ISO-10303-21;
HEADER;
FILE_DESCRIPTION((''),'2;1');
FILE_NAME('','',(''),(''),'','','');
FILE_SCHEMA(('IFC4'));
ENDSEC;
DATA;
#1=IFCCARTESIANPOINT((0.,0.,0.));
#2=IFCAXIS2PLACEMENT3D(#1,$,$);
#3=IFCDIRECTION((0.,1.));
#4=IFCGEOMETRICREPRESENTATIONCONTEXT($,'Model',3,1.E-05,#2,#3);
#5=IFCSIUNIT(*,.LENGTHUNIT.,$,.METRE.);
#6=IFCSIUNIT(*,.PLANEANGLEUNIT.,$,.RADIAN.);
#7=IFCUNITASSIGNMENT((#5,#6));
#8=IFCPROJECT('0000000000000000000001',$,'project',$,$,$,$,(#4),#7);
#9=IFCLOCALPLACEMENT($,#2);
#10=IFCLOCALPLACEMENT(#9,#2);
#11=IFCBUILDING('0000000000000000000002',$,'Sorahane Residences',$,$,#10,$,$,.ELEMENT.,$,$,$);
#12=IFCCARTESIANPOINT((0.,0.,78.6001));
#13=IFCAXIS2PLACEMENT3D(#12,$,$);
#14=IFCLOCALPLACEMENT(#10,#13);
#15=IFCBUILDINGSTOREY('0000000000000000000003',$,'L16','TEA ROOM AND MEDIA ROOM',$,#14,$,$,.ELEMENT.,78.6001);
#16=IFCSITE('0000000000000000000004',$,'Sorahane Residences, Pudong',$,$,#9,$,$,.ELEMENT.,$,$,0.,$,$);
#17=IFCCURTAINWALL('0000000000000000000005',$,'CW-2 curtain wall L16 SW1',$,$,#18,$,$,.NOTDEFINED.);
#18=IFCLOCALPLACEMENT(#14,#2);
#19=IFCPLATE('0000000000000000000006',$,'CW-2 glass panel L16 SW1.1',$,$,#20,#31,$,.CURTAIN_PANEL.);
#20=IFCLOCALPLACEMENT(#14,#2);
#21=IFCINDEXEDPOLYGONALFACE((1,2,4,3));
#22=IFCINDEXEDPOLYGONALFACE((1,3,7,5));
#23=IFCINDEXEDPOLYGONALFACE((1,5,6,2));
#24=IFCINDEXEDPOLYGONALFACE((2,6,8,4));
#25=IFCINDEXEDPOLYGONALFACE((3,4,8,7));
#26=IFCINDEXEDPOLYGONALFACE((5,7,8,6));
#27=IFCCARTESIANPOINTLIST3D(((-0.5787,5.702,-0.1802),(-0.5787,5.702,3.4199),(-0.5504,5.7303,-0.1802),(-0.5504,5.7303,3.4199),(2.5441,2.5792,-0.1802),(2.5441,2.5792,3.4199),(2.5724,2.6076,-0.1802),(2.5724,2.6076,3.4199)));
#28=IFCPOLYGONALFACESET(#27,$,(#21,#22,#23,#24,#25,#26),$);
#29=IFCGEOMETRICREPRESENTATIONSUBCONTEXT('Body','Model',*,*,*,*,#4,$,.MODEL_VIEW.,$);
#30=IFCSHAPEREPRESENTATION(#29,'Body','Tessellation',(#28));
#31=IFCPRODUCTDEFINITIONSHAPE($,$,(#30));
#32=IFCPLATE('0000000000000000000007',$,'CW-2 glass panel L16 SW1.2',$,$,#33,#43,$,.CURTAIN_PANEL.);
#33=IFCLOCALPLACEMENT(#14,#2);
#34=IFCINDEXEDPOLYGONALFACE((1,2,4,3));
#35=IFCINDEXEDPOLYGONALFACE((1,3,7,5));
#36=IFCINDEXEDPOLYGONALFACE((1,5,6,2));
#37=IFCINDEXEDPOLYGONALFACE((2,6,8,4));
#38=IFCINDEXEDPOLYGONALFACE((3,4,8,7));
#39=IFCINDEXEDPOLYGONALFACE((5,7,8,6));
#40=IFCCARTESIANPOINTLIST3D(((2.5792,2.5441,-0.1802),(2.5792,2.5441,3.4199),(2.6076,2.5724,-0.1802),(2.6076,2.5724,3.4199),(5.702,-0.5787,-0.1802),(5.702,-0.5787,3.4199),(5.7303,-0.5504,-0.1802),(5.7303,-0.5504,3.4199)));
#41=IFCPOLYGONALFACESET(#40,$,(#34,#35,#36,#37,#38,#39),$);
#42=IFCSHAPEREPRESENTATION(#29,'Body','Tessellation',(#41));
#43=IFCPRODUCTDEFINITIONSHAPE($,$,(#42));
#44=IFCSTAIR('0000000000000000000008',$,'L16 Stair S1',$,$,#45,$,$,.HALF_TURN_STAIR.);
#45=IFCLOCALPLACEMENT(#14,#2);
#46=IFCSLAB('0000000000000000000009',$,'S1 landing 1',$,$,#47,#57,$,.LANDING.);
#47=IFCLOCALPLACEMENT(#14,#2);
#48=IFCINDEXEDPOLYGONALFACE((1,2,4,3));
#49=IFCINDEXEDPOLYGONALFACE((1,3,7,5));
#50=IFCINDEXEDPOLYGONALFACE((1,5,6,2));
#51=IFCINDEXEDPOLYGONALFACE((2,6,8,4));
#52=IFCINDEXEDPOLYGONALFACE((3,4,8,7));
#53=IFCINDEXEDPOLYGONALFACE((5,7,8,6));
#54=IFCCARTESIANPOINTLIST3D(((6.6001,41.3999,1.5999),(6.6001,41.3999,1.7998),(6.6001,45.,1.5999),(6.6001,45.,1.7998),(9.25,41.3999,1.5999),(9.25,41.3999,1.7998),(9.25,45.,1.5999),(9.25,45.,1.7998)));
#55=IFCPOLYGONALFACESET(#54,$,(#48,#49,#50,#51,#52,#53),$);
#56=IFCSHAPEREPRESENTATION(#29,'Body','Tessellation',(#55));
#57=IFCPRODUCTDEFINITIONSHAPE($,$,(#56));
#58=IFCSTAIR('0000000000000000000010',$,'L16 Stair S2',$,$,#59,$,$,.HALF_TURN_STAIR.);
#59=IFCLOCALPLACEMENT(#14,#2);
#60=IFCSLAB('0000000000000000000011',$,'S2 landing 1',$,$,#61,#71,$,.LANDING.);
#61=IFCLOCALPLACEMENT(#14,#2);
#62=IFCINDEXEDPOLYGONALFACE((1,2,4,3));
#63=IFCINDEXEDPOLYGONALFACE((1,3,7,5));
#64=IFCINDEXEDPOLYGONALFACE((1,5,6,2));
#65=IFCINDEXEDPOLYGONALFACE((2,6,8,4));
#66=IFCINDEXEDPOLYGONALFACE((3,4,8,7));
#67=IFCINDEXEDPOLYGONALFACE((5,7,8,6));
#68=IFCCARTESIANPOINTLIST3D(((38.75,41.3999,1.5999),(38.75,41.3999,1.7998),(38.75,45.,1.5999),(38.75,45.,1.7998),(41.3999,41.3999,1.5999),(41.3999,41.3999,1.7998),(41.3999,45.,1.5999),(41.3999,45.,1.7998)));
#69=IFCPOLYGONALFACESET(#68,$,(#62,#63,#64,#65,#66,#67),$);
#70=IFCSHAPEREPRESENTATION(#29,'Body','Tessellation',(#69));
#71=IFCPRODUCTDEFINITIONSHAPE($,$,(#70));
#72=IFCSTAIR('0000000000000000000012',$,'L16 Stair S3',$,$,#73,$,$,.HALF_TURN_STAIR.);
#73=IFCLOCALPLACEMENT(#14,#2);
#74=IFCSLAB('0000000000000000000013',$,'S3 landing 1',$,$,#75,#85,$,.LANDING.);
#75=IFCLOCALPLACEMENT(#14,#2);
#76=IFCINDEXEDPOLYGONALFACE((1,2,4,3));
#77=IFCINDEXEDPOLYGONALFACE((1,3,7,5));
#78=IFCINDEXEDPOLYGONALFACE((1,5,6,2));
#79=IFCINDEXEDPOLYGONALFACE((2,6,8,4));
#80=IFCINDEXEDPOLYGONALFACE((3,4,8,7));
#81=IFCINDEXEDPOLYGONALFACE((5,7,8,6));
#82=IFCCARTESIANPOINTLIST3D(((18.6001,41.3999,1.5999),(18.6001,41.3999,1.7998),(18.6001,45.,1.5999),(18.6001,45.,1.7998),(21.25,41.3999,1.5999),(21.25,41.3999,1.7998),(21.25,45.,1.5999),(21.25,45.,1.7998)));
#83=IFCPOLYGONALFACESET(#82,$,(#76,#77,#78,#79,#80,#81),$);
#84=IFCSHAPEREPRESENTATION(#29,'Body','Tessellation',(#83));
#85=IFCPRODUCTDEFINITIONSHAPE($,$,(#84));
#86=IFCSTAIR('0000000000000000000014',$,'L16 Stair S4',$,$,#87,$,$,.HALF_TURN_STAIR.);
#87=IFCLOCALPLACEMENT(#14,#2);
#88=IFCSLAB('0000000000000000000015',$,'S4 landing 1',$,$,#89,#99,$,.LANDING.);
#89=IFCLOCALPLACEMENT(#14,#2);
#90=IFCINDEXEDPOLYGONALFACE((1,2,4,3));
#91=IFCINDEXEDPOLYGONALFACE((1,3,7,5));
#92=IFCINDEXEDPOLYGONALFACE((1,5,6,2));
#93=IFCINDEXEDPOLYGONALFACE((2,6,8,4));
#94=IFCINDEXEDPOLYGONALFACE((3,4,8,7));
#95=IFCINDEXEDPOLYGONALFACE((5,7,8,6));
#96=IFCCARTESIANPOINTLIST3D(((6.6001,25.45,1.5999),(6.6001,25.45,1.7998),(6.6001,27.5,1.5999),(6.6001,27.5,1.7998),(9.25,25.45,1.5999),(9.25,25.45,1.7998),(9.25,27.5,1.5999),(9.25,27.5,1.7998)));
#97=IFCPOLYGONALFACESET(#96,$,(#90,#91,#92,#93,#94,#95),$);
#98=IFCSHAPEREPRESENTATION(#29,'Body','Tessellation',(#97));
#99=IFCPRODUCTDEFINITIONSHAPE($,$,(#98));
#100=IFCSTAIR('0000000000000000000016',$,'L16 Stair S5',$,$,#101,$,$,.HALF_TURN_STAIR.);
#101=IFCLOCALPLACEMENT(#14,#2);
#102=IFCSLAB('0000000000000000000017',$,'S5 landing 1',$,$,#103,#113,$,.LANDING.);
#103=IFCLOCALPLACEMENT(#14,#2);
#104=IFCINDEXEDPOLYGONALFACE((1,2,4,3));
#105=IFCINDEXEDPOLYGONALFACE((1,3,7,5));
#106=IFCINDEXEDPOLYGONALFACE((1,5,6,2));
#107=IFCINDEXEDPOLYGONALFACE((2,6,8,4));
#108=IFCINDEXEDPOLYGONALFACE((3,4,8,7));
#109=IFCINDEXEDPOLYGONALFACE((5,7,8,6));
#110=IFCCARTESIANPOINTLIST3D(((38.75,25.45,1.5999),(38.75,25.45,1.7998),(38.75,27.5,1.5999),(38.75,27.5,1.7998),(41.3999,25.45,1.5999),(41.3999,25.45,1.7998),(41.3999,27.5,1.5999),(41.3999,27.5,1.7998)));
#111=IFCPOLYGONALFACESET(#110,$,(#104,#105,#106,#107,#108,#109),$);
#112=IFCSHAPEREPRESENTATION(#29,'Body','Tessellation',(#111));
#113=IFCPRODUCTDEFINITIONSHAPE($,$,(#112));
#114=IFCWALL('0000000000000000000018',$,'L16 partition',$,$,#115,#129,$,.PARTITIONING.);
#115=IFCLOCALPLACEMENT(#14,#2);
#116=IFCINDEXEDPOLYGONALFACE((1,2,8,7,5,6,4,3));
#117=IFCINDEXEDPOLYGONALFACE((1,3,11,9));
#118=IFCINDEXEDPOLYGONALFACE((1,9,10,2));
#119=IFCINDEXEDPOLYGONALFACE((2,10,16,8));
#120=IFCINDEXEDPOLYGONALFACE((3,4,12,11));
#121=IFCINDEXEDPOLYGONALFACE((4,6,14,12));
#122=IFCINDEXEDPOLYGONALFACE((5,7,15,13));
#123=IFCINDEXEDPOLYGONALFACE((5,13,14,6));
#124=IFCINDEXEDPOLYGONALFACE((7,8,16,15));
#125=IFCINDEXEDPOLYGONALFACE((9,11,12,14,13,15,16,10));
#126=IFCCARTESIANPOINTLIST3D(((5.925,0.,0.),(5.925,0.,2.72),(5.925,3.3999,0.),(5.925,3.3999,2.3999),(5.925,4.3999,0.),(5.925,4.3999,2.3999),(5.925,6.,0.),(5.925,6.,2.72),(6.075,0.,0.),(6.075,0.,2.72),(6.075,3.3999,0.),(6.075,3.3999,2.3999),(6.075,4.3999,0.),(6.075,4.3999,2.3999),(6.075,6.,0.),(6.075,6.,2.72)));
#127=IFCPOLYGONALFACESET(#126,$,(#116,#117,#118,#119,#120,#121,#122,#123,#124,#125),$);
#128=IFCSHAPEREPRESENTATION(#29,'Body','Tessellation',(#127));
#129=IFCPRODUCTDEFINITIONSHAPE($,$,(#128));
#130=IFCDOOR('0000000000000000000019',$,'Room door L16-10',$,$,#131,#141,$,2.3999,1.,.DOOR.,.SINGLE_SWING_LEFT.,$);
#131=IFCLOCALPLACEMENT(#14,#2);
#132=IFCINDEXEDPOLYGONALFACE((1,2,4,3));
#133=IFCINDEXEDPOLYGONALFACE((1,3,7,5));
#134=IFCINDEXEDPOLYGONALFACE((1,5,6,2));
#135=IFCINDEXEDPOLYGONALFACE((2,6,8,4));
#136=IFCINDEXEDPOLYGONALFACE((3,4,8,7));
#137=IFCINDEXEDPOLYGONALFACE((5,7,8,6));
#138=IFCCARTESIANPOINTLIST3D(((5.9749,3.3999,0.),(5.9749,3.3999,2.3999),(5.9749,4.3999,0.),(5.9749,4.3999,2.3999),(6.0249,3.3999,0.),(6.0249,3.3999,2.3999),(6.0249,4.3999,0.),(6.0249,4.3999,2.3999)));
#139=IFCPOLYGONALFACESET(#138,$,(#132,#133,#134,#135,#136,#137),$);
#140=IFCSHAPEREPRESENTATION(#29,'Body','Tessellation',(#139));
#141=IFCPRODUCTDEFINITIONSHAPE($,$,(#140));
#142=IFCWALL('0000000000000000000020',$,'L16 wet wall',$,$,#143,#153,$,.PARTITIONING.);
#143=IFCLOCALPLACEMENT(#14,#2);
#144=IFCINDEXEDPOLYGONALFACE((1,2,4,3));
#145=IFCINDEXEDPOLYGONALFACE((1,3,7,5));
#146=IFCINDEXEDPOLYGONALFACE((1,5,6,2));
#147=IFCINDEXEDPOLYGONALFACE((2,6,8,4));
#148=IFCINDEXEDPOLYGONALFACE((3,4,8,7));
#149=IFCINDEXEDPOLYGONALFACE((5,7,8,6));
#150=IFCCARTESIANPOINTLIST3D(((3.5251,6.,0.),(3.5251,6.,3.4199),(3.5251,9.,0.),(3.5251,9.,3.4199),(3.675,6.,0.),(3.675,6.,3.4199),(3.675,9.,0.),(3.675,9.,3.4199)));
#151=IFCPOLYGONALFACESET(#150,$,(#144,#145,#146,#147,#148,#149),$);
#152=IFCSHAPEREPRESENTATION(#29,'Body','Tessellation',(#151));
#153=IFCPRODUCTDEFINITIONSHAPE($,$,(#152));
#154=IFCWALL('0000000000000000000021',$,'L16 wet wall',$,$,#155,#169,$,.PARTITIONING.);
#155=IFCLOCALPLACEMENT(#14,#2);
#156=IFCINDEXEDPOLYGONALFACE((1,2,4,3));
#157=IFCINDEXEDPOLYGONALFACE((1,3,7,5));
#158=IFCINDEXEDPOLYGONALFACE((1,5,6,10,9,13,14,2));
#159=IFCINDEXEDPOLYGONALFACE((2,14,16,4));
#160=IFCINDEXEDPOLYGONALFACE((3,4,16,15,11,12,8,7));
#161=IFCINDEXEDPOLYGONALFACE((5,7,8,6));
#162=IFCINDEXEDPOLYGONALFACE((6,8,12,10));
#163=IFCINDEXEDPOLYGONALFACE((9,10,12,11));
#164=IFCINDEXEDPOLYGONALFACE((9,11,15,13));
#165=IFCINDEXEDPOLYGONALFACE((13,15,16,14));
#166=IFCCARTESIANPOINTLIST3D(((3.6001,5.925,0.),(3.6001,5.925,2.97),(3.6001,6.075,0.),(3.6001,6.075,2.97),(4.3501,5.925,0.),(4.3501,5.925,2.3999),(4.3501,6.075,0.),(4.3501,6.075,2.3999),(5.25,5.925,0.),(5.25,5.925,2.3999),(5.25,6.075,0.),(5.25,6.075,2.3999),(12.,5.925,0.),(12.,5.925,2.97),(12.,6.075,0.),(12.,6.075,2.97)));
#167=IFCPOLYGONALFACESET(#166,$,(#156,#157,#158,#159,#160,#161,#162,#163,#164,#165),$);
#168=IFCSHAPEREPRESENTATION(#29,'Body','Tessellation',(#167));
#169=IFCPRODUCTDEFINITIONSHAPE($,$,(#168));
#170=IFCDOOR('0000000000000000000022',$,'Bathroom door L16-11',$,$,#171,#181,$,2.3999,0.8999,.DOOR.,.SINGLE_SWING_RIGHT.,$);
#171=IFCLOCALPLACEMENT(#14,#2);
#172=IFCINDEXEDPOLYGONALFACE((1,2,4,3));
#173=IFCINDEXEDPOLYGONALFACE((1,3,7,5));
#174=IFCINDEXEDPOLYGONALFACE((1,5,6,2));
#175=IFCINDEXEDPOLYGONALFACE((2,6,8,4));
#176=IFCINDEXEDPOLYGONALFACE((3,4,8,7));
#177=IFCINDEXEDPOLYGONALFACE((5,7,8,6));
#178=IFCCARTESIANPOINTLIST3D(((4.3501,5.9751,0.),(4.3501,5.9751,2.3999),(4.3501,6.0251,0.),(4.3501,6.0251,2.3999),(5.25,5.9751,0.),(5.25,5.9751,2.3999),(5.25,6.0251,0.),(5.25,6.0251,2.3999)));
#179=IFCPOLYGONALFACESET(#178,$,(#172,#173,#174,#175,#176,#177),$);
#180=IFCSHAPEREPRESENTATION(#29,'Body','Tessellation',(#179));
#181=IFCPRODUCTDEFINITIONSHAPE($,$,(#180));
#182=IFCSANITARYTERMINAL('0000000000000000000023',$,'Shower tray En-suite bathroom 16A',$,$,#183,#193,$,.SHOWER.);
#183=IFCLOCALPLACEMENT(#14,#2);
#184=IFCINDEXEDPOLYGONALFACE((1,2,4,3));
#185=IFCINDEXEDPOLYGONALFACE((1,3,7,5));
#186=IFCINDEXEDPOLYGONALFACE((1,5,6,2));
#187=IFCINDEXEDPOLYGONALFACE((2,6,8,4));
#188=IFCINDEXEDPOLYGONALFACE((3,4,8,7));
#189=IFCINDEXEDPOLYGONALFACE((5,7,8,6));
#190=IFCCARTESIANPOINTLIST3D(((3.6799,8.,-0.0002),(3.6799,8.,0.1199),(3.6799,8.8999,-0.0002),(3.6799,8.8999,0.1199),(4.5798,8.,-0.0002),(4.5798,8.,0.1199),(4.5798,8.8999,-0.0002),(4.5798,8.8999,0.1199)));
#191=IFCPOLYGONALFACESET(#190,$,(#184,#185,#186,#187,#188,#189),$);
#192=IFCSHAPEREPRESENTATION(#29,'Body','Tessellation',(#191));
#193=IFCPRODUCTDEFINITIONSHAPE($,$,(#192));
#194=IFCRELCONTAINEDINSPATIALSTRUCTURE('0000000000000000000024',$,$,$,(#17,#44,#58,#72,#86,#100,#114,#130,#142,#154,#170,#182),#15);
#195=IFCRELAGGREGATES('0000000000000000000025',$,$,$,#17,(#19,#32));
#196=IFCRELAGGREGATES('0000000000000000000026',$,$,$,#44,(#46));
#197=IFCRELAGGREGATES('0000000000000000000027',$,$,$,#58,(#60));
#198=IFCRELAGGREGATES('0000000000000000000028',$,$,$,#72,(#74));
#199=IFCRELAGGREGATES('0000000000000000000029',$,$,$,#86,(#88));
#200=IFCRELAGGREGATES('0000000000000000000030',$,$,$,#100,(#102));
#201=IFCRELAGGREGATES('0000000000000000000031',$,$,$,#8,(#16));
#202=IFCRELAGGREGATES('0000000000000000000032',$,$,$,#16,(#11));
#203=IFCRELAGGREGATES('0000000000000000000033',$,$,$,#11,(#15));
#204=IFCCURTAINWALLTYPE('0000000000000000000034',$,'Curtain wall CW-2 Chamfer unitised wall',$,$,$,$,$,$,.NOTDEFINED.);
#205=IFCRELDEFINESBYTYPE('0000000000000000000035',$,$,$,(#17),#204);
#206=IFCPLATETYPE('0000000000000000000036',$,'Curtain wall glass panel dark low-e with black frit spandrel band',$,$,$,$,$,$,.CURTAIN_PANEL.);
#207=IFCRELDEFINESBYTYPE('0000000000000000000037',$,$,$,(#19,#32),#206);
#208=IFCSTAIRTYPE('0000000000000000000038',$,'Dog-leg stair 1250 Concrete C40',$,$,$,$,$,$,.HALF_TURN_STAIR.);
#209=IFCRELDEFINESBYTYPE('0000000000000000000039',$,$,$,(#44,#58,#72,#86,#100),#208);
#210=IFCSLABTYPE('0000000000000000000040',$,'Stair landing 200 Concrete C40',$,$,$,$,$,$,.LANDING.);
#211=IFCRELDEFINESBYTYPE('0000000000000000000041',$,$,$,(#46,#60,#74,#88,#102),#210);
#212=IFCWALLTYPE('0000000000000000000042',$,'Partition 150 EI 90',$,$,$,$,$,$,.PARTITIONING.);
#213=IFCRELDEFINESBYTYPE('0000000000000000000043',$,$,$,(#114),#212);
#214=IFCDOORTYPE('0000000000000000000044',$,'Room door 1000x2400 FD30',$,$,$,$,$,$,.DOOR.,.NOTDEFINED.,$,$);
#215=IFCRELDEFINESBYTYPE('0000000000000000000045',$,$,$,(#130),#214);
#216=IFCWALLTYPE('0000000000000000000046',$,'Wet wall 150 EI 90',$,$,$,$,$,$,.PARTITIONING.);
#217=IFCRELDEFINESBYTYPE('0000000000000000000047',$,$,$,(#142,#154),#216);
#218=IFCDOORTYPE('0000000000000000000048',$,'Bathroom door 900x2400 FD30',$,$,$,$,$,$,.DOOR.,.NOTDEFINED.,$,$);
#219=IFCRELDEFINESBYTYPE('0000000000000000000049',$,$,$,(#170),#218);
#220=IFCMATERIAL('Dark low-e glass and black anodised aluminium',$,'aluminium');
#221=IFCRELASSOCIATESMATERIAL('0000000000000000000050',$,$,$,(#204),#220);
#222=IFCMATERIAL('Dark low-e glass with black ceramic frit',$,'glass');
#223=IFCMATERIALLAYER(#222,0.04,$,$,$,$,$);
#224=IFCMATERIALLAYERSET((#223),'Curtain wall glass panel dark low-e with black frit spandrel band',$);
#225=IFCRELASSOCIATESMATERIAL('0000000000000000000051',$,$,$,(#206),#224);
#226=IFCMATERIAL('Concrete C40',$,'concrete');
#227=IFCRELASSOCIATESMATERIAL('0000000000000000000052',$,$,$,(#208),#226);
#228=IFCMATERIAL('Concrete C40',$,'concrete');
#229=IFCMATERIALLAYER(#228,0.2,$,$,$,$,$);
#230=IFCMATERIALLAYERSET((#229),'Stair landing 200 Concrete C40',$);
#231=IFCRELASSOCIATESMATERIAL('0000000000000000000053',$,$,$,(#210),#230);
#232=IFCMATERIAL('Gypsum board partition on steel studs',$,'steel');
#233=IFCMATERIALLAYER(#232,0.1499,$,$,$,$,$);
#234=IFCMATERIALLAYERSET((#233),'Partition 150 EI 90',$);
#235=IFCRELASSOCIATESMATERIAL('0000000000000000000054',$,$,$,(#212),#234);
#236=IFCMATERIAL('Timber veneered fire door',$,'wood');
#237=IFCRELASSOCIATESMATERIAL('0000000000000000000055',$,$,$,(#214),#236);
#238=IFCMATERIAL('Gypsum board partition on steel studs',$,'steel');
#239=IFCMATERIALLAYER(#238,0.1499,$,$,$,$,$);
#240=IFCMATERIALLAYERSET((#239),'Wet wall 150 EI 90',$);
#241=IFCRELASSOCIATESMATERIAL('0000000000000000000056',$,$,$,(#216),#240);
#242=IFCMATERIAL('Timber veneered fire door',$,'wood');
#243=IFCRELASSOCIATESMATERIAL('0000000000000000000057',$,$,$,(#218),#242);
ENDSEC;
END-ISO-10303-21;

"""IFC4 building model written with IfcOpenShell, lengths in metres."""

from ifc_helpers import new_model, si_unit, direction, frame, frame_2d, origin, origin_2d, place, context, subcontext, project, spatial, polyline, rectangle, outline, extrude, material, layer, layer_set, type_object, element, fill, aggregate, save


model = new_model("IFC4")

# Units and contexts
model_context = context("Model", 3, precision=1e-05, world=origin(), true_north=direction((0.0, 1.0)))
body_context = subcontext(model_context, "Body", "Model", "MODEL_VIEW")
ifc_project = project(units=[si_unit("LENGTHUNIT", "METRE"), si_unit("PLANEANGLEUNIT", "RADIAN")], contexts=[model_context])

# Site, building, storey
site_placement = place(None, origin())
site = spatial("IfcSite", under=ifc_project, at=site_placement, Name="Sorahane Residences, Pudong", CompositionType="ELEMENT", RefElevation=0.0)
building_placement = place(site_placement, origin())
building = spatial("IfcBuilding", under=site, at=building_placement, Name="Sorahane Residences", CompositionType="ELEMENT")
storey_placement = place(building_placement, frame((0.0, 0.0, 78.6001)))
storey = spatial("IfcBuildingStorey", under=building, at=storey_placement, Name="L16", Description="TEA ROOM AND MEDIA ROOM", CompositionType="ELEMENT", Elevation=78.6001)

# Curtain wall
ifc_material_1 = material(Name="Dark low-e glass and black anodised aluminium", Category="aluminium")
curtain_wall_type_1 = type_object("IfcCurtainWallType", Name="Curtain wall CW-2 Chamfer unitised wall", PredefinedType="NOTDEFINED", material=ifc_material_1)
curtain_wall_1_placement = place(storey_placement, origin())
curtain_wall_1 = element("IfcCurtainWall", 1, at=curtain_wall_1_placement, inside=storey, type_object=curtain_wall_type_1, Name="CW-2 curtain wall L16 SW1", PredefinedType="NOTDEFINED")

# Plates
ifc_material_2 = material(Name="Dark low-e glass with black ceramic frit", Category="glass")
ifc_layer_1 = layer(ifc_material_2, 0.04)
ifc_layer_set_1 = layer_set([ifc_layer_1], Name="Curtain wall glass panel dark low-e with black frit spandrel band")
plate_type = type_object("IfcPlateType", Name="Curtain wall glass panel dark low-e with black frit spandrel band", PredefinedType="CURTAIN_PANEL", material=ifc_layer_set_1)
plate_1_placement = place(storey_placement, frame((0.9968, 4.1548, -0.1802), z_axis=(0.0, 0.0, 1.0), x_axis=(0.707107, -0.707107, 0.0)))
plate_1 = element("IfcPlate", 2, at=plate_1_placement, type_object=plate_type, Name="CW-2 glass panel L16 SW1.1", PredefinedType="CURTAIN_PANEL", context=body_context, shape_type="SweptSolid", body=[
    extrude(rectangle(XDim=4.4163, YDim=0.04, at=origin_2d()), origin(), (0.0, 0.0, 1.0), 3.6001),
])
plate_2_placement = place(storey_placement, frame((4.1548, 0.9968, -0.1802), z_axis=(0.0, 0.0, 1.0), x_axis=(0.707107, -0.707107, 0.0)))
plate_2 = element("IfcPlate", 3, at=plate_2_placement, type_object=plate_type, Name="CW-2 glass panel L16 SW1.2", PredefinedType="CURTAIN_PANEL", context=body_context, shape_type="SweptSolid", body=[
    extrude(rectangle(XDim=4.4163, YDim=0.04, at=origin_2d()), origin(), (0.0, 0.0, 1.0), 3.6001),
])
aggregate(curtain_wall_1, [plate_1, plate_2])

# Stairs, slabs
ifc_material_3 = material(Name="Concrete C40", Category="concrete")
stair_type = type_object("IfcStairType", Name="Dog-leg stair 1250 Concrete C40", PredefinedType="HALF_TURN_STAIR", material=ifc_material_3)
stair_1_placement = place(storey_placement, origin())
stair_1 = element("IfcStair", 4, at=stair_1_placement, inside=storey, type_object=stair_type, Name="L16 Stair S1", PredefinedType="HALF_TURN_STAIR")
ifc_material_4 = material(Name="Concrete C40", Category="concrete")
ifc_layer_2 = layer(ifc_material_4, 0.2)
ifc_layer_set_2 = layer_set([ifc_layer_2], Name="Stair landing 200 Concrete C40")
slab_type_1 = type_object("IfcSlabType", Name="Stair landing 200 Concrete C40", PredefinedType="LANDING", material=ifc_layer_set_2)
slab_1_placement = place(storey_placement, frame((0.0, 0.0, 1.5999)))
slab_1 = element("IfcSlab", 5, at=slab_1_placement, type_object=slab_type_1, Name="S1 landing 1", PredefinedType="LANDING", context=body_context, shape_type="SweptSolid", body=[
    extrude(outline(polyline([(9.25, 41.3999), (9.25, 45.0), (6.6001, 45.0), (6.6001, 41.3999), (9.25, 41.3999)])), origin(), (0.0, 0.0, 1.0), 0.2),
])
aggregate(stair_1, [slab_1])
stair_2_placement = place(storey_placement, origin())
stair_2 = element("IfcStair", 6, at=stair_2_placement, inside=storey, type_object=stair_type, Name="L16 Stair S2", PredefinedType="HALF_TURN_STAIR")
slab_2_placement = place(storey_placement, frame((0.0, 0.0, 1.5999)))
slab_2 = element("IfcSlab", 7, at=slab_2_placement, type_object=slab_type_1, Name="S2 landing 1", PredefinedType="LANDING", context=body_context, shape_type="SweptSolid", body=[
    extrude(outline(polyline([(41.3999, 41.3999), (41.3999, 45.0), (38.75, 45.0), (38.75, 41.3999), (41.3999, 41.3999)])), origin(), (0.0, 0.0, 1.0), 0.2),
])
aggregate(stair_2, [slab_2])
stair_3_placement = place(storey_placement, origin())
stair_3 = element("IfcStair", 8, at=stair_3_placement, inside=storey, type_object=stair_type, Name="L16 Stair S3", PredefinedType="HALF_TURN_STAIR")
slab_3_placement = place(storey_placement, frame((0.0, 0.0, 1.5999)))
slab_3 = element("IfcSlab", 9, at=slab_3_placement, type_object=slab_type_1, Name="S3 landing 1", PredefinedType="LANDING", context=body_context, shape_type="SweptSolid", body=[
    extrude(outline(polyline([(21.25, 41.3999), (21.25, 45.0), (18.6001, 45.0), (18.6001, 41.3999), (21.25, 41.3999)])), origin(), (0.0, 0.0, 1.0), 0.2),
])
aggregate(stair_3, [slab_3])
stair_4_placement = place(storey_placement, origin())
stair_4 = element("IfcStair", 10, at=stair_4_placement, inside=storey, type_object=stair_type, Name="L16 Stair S4", PredefinedType="HALF_TURN_STAIR")
slab_4_placement = place(storey_placement, frame((0.0, 0.0, 1.5999)))
slab_4 = element("IfcSlab", 11, at=slab_4_placement, type_object=slab_type_1, Name="S4 landing 1", PredefinedType="LANDING", context=body_context, shape_type="SweptSolid", body=[
    extrude(outline(polyline([(9.25, 25.45), (9.25, 27.5), (6.6001, 27.5), (6.6001, 25.45), (9.25, 25.45)])), origin(), (0.0, 0.0, 1.0), 0.2),
])
aggregate(stair_4, [slab_4])
stair_5_placement = place(storey_placement, origin())
stair_5 = element("IfcStair", 12, at=stair_5_placement, inside=storey, type_object=stair_type, Name="L16 Stair S5", PredefinedType="HALF_TURN_STAIR")
slab_5_placement = place(storey_placement, frame((0.0, 0.0, 1.5999)))
slab_5 = element("IfcSlab", 13, at=slab_5_placement, type_object=slab_type_1, Name="S5 landing 1", PredefinedType="LANDING", context=body_context, shape_type="SweptSolid", body=[
    extrude(outline(polyline([(41.3999, 25.45), (41.3999, 27.5), (38.75, 27.5), (38.75, 25.45), (41.3999, 25.45)])), origin(), (0.0, 0.0, 1.0), 0.2),
])
aggregate(stair_5, [slab_5])

# Wall, opening, door
ifc_material_5 = material(Name="Gypsum board partition on steel studs", Category="steel")
ifc_layer_3 = layer(ifc_material_5, 0.1499)
ifc_layer_set_3 = layer_set([ifc_layer_3], Name="Partition 150 EI 90")
wall_type_1 = type_object("IfcWallType", Name="Partition 150 EI 90", PredefinedType="PARTITIONING", material=ifc_layer_set_3)
wall_1_placement = place(storey_placement, frame((6.0, 0.0, 0.0), z_axis=(0.0, 0.0, 1.0), x_axis=(0.0, 1.0, 0.0)))
wall_1 = element("IfcWall", 14, at=wall_1_placement, inside=storey, type_object=wall_type_1, Name="L16 partition", PredefinedType="PARTITIONING", context=body_context, shape_type="SweptSolid", body=[
    extrude(rectangle(XDim=6.0, YDim=0.1499, at=frame_2d((3.0, 0.0))), origin(), (0.0, 0.0, 1.0), 2.72),
])
opening_1_placement = place(wall_1_placement, frame((3.3999, 0.0, 0.0)))
opening_1 = element("IfcOpeningElement", 15, at=opening_1_placement, cuts=wall_1, PredefinedType="OPENING", context=body_context, shape_type="SweptSolid", body=[
    extrude(rectangle(XDim=1.0, YDim=2.3999, at=frame_2d((0.5, 1.2))), frame((0.0, 0.085, 0.0), z_axis=(0.0, -1.0, 0.0), x_axis=(1.0, 0.0, 0.0)), (0.0, 0.0, 1.0), 0.1699),
])
ifc_material_6 = material(Name="Timber veneered fire door", Category="wood")
door_type_1 = type_object("IfcDoorType", Name="Room door 1000x2400 FD30", OperationType="NOTDEFINED", PredefinedType="DOOR", material=ifc_material_6)
door_1_placement = place(opening_1_placement, frame((1.0, 0.0, 0.0), z_axis=(0.0, 0.0, 1.0), x_axis=(-1.0, 0.0, 0.0)))
door_1 = element("IfcDoor", 16, at=door_1_placement, inside=storey, type_object=door_type_1, Name="Room door L16-10", OperationType="SINGLE_SWING_LEFT", OverallHeight=2.3999, OverallWidth=1.0, PredefinedType="DOOR", context=body_context, shape_type="SweptSolid", body=[
    extrude(rectangle(XDim=1.0, YDim=2.3999, at=frame_2d((0.5, 1.2))), frame((0.0, 0.0249, 0.0), z_axis=(0.0, -1.0, 0.0), x_axis=(1.0, 0.0, 0.0)), (0.0, 0.0, 1.0), 0.05),
])
fill(opening_1, door_1)

# Wall
ifc_material_7 = material(Name="Gypsum board partition on steel studs", Category="steel")
ifc_layer_4 = layer(ifc_material_7, 0.1499)
ifc_layer_set_4 = layer_set([ifc_layer_4], Name="Wet wall 150 EI 90")
wall_type_2 = type_object("IfcWallType", Name="Wet wall 150 EI 90", PredefinedType="PARTITIONING", material=ifc_layer_set_4)
wall_2_placement = place(storey_placement, frame((3.6001, 6.0, 0.0), z_axis=(0.0, 0.0, 1.0), x_axis=(0.0, 1.0, 0.0)))
element("IfcWall", 17, at=wall_2_placement, inside=storey, type_object=wall_type_2, Name="L16 wet wall", PredefinedType="PARTITIONING", context=body_context, shape_type="SweptSolid", body=[
    extrude(rectangle(XDim=3.0, YDim=0.1499, at=frame_2d((1.5, 0.0))), origin(), (0.0, 0.0, 1.0), 3.4199),
])

# Wall, opening, door
wall_3_placement = place(storey_placement, frame((3.6001, 6.0, 0.0), z_axis=(0.0, 0.0, 1.0), x_axis=(1.0, 0.0, 0.0)))
wall_3 = element("IfcWall", 18, at=wall_3_placement, inside=storey, type_object=wall_type_2, Name="L16 wet wall", PredefinedType="PARTITIONING", context=body_context, shape_type="SweptSolid", body=[
    extrude(rectangle(XDim=8.3999, YDim=0.1499, at=frame_2d((4.2, 0.0))), origin(), (0.0, 0.0, 1.0), 2.97),
])
opening_2_placement = place(wall_3_placement, frame((0.75, 0.0, 0.0)))
opening_2 = element("IfcOpeningElement", 19, at=opening_2_placement, cuts=wall_3, PredefinedType="OPENING", context=body_context, shape_type="SweptSolid", body=[
    extrude(rectangle(XDim=0.8999, YDim=2.3999, at=frame_2d((0.45, 1.2))), frame((0.0, 0.085, 0.0), z_axis=(0.0, -1.0, 0.0), x_axis=(1.0, 0.0, 0.0)), (0.0, 0.0, 1.0), 0.1699),
])
ifc_material_8 = material(Name="Timber veneered fire door", Category="wood")
door_type_2 = type_object("IfcDoorType", Name="Bathroom door 900x2400 FD30", OperationType="NOTDEFINED", PredefinedType="DOOR", material=ifc_material_8)
door_2_placement = place(opening_2_placement, frame((0.8999, 0.0, 0.0), z_axis=(0.0, 0.0, 1.0), x_axis=(-1.0, 0.0, 0.0)))
door_2 = element("IfcDoor", 20, at=door_2_placement, inside=storey, type_object=door_type_2, Name="Bathroom door L16-11", OperationType="SINGLE_SWING_RIGHT", OverallHeight=2.3999, OverallWidth=0.8999, PredefinedType="DOOR", context=body_context, shape_type="SweptSolid", body=[
    extrude(rectangle(XDim=0.8999, YDim=2.3999, at=frame_2d((0.45, 1.2))), frame((0.0, 0.0249, 0.0), z_axis=(0.0, -1.0, 0.0), x_axis=(1.0, 0.0, 0.0)), (0.0, 0.0, 1.0), 0.05),
])
fill(opening_2, door_2)

# Sanitary terminal
sanitary_terminal_placement = place(storey_placement, frame((4.1299, 8.45, -0.0002), z_axis=(0.0, 0.0, 1.0), x_axis=(1.0, 0.0, 0.0)))
element("IfcSanitaryTerminal", 21, at=sanitary_terminal_placement, inside=storey, Name="Shower tray En-suite bathroom 16A", PredefinedType="SHOWER", context=body_context, shape_type="SweptSolid", body=[
    extrude(rectangle(XDim=0.8999, YDim=0.8999, at=origin_2d()), origin(), (0.0, 0.0, 1.0), 0.1201),
])

save(model, "model.ifc")
